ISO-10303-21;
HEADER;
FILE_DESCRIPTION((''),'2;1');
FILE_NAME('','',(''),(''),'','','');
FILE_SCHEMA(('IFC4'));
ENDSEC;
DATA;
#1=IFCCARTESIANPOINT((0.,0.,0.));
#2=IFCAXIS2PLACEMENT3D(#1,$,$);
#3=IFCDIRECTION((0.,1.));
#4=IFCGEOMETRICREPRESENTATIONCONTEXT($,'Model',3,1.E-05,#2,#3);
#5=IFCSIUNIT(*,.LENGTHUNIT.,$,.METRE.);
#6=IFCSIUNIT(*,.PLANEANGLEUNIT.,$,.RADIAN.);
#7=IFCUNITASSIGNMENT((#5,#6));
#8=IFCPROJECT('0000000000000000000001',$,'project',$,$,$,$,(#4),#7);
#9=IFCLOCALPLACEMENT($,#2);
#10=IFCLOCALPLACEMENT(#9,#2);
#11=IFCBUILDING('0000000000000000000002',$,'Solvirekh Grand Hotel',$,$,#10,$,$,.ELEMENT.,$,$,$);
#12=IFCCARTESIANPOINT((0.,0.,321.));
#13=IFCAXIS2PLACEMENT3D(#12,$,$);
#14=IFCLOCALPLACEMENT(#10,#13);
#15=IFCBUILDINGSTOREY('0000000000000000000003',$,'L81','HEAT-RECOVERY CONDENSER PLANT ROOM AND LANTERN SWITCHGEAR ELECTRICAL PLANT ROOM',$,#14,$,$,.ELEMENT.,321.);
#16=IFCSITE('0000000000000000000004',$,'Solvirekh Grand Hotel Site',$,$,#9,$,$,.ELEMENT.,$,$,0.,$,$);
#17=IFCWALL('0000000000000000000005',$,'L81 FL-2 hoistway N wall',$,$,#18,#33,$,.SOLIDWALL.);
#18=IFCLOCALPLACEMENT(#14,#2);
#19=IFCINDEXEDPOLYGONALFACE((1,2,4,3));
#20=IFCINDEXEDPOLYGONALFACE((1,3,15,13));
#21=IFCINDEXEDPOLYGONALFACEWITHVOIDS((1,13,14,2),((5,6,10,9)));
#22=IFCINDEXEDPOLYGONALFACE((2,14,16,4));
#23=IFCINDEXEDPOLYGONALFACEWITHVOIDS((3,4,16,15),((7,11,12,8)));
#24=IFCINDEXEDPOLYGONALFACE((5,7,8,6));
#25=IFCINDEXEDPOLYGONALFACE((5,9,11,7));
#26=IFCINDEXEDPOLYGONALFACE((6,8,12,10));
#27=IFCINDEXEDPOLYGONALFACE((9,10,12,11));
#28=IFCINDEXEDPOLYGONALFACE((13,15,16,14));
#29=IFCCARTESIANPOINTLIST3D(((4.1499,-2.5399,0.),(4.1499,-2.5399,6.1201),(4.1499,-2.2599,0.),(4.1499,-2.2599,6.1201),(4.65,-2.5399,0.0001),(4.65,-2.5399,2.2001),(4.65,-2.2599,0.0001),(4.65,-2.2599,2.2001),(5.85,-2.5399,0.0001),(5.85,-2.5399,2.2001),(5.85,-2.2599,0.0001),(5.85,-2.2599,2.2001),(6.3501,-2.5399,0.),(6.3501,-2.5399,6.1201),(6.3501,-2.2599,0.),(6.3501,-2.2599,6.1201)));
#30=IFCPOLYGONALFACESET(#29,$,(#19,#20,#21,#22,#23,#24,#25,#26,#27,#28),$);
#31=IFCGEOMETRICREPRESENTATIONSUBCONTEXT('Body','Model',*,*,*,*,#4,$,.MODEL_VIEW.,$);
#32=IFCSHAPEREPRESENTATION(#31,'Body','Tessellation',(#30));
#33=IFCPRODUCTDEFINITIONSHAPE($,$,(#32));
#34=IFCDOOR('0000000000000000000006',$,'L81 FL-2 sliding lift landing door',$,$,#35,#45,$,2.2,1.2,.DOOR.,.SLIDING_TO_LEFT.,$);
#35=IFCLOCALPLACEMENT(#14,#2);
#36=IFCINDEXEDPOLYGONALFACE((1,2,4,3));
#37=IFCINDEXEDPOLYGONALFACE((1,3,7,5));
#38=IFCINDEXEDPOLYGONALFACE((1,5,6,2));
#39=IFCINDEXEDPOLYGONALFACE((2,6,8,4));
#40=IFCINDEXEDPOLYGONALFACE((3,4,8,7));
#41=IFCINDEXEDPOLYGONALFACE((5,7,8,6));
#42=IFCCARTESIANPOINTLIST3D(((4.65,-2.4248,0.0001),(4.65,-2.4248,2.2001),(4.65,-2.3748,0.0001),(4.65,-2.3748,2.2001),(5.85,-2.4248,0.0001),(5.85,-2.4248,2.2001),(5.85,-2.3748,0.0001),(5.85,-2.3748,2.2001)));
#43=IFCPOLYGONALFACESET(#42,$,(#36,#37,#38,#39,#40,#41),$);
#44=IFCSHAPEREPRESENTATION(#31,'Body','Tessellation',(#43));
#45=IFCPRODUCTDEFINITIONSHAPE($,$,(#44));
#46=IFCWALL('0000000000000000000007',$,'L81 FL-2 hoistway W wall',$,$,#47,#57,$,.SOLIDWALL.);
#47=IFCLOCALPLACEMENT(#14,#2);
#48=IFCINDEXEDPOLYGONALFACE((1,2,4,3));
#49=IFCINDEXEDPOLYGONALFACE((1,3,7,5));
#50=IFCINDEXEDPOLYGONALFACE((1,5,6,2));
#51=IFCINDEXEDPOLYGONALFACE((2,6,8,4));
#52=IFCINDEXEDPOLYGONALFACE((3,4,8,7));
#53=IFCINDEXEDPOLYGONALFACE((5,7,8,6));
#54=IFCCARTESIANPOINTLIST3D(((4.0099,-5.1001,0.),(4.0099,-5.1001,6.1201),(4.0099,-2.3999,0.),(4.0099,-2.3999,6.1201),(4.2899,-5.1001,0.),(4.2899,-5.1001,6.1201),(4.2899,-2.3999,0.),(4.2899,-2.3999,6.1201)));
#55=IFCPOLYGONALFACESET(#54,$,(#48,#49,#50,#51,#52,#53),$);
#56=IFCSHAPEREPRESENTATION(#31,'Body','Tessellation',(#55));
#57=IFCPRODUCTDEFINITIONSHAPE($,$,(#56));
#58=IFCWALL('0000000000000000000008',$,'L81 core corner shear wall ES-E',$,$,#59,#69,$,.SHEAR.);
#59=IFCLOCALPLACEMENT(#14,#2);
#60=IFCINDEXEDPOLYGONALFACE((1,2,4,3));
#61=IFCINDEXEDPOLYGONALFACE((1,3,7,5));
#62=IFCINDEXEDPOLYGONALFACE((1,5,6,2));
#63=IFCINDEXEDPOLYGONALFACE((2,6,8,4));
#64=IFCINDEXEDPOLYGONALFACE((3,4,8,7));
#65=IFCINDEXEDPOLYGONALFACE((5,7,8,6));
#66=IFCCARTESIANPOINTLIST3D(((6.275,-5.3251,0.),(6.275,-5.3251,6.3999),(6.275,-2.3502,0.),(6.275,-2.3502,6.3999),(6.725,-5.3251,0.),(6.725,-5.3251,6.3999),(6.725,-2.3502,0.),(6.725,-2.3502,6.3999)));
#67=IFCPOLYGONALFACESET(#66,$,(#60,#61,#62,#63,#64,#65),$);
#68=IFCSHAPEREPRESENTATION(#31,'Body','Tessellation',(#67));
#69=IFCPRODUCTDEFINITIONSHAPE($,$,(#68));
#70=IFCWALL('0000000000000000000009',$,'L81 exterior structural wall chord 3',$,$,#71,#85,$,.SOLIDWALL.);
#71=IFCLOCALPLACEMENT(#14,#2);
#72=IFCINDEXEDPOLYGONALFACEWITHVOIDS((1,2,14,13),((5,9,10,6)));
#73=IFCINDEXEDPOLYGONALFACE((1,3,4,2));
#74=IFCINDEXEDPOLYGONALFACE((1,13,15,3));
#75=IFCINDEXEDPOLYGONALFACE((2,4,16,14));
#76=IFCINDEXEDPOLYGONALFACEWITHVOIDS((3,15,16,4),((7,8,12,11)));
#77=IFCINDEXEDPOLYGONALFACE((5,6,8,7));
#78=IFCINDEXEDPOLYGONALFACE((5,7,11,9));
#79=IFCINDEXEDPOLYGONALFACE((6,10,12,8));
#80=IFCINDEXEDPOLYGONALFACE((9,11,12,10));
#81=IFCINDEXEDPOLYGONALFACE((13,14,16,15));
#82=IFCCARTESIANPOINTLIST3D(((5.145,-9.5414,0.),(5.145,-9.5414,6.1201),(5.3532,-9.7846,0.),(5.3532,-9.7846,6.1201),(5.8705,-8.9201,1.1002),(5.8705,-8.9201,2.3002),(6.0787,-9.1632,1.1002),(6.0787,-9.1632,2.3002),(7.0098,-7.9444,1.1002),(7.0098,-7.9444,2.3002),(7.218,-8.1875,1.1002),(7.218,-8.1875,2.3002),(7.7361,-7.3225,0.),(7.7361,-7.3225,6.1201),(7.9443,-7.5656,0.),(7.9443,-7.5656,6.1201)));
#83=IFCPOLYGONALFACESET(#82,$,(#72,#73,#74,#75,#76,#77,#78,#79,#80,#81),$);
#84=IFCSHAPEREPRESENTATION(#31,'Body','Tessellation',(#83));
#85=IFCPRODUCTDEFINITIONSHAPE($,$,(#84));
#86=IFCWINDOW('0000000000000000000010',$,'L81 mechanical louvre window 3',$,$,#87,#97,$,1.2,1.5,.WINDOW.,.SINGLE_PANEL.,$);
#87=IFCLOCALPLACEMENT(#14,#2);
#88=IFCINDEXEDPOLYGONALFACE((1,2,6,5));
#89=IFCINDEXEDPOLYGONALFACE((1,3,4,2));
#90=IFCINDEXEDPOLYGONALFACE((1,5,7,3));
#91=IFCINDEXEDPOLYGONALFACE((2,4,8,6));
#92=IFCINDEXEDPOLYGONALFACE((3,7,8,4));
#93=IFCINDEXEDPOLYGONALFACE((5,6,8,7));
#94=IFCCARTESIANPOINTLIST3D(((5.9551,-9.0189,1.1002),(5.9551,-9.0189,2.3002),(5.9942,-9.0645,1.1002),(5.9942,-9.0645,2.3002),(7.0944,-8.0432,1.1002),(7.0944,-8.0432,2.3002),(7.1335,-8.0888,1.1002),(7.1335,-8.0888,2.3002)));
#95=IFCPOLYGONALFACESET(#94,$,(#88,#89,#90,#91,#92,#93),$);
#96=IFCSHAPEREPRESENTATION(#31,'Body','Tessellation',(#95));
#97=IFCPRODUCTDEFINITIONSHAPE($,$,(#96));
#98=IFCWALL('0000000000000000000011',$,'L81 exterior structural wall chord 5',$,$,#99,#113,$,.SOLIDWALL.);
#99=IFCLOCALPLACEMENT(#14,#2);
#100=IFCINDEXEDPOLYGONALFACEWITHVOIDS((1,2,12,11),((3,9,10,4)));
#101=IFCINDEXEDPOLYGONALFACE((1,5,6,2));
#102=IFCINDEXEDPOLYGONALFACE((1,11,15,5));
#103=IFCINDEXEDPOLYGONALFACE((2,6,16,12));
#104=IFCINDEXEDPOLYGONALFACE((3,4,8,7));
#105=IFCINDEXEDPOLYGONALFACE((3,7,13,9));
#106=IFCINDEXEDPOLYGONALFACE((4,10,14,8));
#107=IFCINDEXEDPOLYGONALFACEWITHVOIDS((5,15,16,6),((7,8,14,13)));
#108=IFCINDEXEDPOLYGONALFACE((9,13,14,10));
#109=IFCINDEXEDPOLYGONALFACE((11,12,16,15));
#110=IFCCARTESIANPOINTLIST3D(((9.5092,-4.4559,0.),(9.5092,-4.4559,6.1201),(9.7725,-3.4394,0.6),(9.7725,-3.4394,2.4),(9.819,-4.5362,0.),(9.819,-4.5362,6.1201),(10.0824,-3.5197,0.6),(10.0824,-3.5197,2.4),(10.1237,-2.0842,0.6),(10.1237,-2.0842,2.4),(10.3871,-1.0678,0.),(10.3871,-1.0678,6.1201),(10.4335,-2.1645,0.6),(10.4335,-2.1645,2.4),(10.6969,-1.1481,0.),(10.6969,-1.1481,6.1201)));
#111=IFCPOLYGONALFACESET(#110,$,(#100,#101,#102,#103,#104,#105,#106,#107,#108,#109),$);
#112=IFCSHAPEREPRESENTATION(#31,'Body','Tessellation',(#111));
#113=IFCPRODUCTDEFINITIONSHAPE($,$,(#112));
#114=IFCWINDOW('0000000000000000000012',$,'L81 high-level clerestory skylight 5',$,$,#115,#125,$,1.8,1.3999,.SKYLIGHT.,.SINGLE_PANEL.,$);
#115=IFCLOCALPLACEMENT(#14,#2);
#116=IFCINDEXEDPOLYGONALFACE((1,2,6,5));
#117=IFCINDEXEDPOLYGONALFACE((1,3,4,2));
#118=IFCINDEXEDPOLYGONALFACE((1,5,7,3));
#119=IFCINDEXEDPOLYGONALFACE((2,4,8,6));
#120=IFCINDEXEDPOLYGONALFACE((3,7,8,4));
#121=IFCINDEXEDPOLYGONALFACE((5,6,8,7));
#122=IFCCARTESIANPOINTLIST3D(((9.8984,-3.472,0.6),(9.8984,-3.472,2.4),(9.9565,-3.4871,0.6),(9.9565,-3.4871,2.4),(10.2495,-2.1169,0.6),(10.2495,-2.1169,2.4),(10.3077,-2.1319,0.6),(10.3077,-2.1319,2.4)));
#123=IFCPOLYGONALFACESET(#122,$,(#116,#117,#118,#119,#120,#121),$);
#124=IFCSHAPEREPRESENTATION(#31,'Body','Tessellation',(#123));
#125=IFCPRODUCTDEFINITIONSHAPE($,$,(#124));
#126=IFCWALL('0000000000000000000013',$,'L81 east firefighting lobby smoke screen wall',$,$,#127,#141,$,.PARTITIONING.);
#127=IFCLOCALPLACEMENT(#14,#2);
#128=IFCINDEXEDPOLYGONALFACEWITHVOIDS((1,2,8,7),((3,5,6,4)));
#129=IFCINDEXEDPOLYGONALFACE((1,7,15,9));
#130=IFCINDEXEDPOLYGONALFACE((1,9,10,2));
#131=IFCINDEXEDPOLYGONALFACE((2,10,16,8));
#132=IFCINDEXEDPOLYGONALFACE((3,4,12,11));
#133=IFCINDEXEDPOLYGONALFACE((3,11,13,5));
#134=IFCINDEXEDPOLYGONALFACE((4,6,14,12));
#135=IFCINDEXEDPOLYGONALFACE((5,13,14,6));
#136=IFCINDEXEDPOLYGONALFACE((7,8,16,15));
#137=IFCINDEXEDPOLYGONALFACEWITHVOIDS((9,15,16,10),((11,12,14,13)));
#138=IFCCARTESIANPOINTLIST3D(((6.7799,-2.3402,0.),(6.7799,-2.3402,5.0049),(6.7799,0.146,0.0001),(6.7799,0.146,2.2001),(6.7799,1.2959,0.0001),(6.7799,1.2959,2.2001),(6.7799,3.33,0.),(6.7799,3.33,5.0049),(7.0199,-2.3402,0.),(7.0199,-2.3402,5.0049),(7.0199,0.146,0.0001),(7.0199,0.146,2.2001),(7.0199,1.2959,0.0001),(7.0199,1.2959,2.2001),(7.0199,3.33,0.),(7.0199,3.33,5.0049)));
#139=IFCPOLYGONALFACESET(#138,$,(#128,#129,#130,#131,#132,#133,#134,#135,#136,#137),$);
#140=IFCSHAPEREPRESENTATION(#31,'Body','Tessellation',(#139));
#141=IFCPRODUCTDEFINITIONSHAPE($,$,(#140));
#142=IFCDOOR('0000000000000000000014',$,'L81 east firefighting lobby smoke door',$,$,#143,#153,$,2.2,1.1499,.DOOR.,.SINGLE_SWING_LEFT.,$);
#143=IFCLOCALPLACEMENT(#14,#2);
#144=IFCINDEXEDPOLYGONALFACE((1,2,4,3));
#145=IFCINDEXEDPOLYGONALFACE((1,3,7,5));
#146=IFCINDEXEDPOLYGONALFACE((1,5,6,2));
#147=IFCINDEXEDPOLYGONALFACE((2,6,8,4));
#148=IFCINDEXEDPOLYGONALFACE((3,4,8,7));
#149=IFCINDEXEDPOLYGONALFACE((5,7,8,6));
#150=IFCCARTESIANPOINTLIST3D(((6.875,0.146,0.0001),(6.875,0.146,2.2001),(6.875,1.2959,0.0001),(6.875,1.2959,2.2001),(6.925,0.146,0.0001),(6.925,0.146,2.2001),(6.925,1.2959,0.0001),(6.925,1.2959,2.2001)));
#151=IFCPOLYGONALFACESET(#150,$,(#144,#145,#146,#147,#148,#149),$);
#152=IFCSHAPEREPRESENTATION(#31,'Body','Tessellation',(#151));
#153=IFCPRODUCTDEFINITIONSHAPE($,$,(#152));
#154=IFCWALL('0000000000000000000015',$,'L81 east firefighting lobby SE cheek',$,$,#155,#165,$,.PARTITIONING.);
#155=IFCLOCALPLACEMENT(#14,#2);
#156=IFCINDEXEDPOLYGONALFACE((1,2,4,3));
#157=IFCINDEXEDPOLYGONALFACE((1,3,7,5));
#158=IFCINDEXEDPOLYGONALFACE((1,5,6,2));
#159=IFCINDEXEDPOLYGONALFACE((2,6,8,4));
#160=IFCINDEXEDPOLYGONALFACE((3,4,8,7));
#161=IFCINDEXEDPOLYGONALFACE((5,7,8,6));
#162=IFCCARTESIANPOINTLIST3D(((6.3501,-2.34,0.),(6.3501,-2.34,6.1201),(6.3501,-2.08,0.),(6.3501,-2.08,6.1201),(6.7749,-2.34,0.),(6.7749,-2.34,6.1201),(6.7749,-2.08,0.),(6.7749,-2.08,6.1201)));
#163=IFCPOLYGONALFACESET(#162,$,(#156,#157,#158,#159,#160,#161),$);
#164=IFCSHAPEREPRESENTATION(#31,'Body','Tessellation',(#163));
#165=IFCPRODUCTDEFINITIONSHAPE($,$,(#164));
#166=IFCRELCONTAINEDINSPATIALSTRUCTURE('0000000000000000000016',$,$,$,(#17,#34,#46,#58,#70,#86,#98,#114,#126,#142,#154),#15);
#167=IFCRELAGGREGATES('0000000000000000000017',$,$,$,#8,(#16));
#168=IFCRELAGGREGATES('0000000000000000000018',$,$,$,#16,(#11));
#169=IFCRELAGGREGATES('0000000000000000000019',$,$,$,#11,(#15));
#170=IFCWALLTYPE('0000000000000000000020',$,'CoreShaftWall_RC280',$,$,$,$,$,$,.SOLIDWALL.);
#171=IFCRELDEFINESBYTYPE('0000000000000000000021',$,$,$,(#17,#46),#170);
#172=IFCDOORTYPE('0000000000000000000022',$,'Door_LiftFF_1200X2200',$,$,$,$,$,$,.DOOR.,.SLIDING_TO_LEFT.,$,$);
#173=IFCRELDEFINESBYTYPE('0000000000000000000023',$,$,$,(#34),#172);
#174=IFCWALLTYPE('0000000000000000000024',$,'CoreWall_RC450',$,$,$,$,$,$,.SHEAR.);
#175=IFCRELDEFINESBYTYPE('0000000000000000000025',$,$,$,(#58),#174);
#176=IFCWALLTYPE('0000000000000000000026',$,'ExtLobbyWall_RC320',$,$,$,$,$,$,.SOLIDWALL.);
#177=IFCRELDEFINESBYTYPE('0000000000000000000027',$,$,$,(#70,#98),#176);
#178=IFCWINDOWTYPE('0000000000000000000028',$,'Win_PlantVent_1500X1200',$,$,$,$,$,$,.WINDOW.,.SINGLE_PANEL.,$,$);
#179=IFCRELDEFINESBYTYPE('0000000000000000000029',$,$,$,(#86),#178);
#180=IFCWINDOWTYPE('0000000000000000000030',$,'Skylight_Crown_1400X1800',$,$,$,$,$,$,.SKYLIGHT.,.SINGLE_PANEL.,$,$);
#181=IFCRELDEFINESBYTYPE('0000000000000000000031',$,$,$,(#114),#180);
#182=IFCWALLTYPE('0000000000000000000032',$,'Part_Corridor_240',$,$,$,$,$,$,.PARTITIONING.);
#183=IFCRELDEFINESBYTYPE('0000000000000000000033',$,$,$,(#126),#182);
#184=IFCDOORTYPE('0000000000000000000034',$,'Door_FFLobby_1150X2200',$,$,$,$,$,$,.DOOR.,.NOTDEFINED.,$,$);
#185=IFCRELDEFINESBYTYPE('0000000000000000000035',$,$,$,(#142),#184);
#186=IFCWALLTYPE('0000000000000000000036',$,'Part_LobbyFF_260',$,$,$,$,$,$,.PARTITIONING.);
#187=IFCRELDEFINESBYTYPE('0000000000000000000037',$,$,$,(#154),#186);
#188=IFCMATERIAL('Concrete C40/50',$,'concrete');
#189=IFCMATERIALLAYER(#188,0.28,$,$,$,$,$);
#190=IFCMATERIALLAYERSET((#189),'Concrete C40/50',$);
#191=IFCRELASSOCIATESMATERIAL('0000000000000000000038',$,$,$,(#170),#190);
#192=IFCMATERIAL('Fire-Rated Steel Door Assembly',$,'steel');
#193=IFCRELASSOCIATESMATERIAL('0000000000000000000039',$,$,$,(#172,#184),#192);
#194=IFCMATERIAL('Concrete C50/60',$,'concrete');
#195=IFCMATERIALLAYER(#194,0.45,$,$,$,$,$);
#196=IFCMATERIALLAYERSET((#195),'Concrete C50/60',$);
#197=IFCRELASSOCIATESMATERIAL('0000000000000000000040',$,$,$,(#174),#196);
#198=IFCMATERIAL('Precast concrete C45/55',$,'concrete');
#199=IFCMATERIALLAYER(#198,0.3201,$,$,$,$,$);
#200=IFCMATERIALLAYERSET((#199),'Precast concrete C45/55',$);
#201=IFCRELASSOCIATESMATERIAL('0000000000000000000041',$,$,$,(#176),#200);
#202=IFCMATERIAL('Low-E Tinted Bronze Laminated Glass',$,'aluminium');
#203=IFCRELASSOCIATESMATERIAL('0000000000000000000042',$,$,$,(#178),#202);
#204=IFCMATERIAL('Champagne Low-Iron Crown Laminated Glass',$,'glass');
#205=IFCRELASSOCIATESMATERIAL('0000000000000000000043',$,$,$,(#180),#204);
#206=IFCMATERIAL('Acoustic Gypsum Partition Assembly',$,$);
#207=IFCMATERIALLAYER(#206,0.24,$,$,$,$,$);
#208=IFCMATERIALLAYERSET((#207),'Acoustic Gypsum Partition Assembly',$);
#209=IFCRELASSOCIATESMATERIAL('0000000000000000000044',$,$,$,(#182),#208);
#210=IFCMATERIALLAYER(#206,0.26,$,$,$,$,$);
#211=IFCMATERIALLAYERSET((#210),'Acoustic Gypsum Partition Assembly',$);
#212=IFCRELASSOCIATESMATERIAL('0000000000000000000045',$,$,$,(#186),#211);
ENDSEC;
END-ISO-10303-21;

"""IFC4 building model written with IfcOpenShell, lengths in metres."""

from ifc_helpers import new_model, si_unit, direction, frame, frame_2d, origin, place, context, subcontext, project, spatial, rectangle, extrude, material, layer, layer_set, type_object, element, fill, save


model = new_model("IFC4")

# Units and contexts
model_context = context("Model", 3, precision=1e-05, world=origin(), true_north=direction((0.0, 1.0)))
body_context = subcontext(model_context, "Body", "Model", "MODEL_VIEW")
ifc_project = project(units=[si_unit("LENGTHUNIT", "METRE"), si_unit("PLANEANGLEUNIT", "RADIAN")], contexts=[model_context])

# Site, building, storey
site_placement = place(None, origin())
site = spatial("IfcSite", under=ifc_project, at=site_placement, Name="Solvirekh Grand Hotel Site", CompositionType="ELEMENT", RefElevation=0.0)
building_placement = place(site_placement, origin())
building = spatial("IfcBuilding", under=site, at=building_placement, Name="Solvirekh Grand Hotel", CompositionType="ELEMENT")
storey_placement = place(building_placement, frame((0.0, 0.0, 321.0)))
storey = spatial("IfcBuildingStorey", under=building, at=storey_placement, Name="L81", Description="HEAT-RECOVERY CONDENSER PLANT ROOM AND LANTERN SWITCHGEAR ELECTRICAL PLANT ROOM", CompositionType="ELEMENT", Elevation=321.0)

# Shared definitions
ifc_material_1 = material(Name="Concrete C50/60", Category="concrete")

# Shared definitions
ifc_material_2 = material(Name="Champagne Low-Iron Crown Laminated Glass", Category="glass")

# Wall, opening, door
ifc_material_3 = material(Name="Concrete C40/50", Category="concrete")
ifc_layer_1 = layer(ifc_material_3, 0.28)
ifc_layer_set_1 = layer_set([ifc_layer_1], Name="Concrete C40/50")
wall_type_1 = type_object("IfcWallType", Name="CoreShaftWall_RC280", PredefinedType="SOLIDWALL", material=ifc_layer_set_1)
wall_1_placement = place(storey_placement, frame((6.3501, -2.3999, 0.0), z_axis=(0.0, 0.0, 1.0), x_axis=(-1.0, 0.0, 0.0)))
wall_1 = element("IfcWall", 1, at=wall_1_placement, inside=storey, type_object=wall_type_1, Name="L81 FL-2 hoistway N wall", PredefinedType="SOLIDWALL", context=body_context, shape_type="SweptSolid", body=[
    extrude(rectangle(XDim=2.2002, YDim=0.28, at=frame_2d((1.1001, 0.0))), origin(), (0.0, 0.0, 1.0), 6.1201),
])
opening_1_placement = place(wall_1_placement, frame((0.5, 0.0, 0.0)))
opening_1 = element("IfcOpeningElement", 2, at=opening_1_placement, cuts=wall_1, PredefinedType="OPENING", context=body_context, shape_type="SweptSolid", body=[
    extrude(rectangle(XDim=1.2, YDim=2.2, at=frame_2d((0.6001, 1.1001))), frame((0.0, 0.1499, 0.0), z_axis=(0.0, -1.0, 0.0), x_axis=(1.0, 0.0, 0.0)), (0.0, 0.0, 1.0), 0.3),
])
ifc_material_4 = material(Name="Fire-Rated Steel Door Assembly", Category="steel")
door_type_1 = type_object("IfcDoorType", Name="Door_LiftFF_1200X2200", OperationType="SLIDING_TO_LEFT", PredefinedType="DOOR", material=ifc_material_4)
door_1_placement = place(opening_1_placement, origin())
door_1 = element("IfcDoor", 3, at=door_1_placement, inside=storey, type_object=door_type_1, Name="L81 FL-2 sliding lift landing door", OperationType="SLIDING_TO_LEFT", OverallHeight=2.2, OverallWidth=1.2, PredefinedType="DOOR", context=body_context, shape_type="SweptSolid", body=[
    extrude(rectangle(XDim=1.2, YDim=2.2, at=frame_2d((0.6001, 1.1001))), frame((0.0, 0.0249, 0.0), z_axis=(0.0, -1.0, 0.0), x_axis=(1.0, 0.0, 0.0)), (0.0, 0.0, 1.0), 0.05),
])
fill(opening_1, door_1)

# Walls
wall_2_placement = place(storey_placement, frame((4.1499, -2.3999, 0.0), z_axis=(0.0, 0.0, 1.0), x_axis=(0.0, -1.0, 0.0)))
element("IfcWall", 4, at=wall_2_placement, inside=storey, type_object=wall_type_1, Name="L81 FL-2 hoistway W wall", PredefinedType="SOLIDWALL", context=body_context, shape_type="SweptSolid", body=[
    extrude(rectangle(XDim=2.7002, YDim=0.28, at=frame_2d((1.3501, 0.0))), origin(), (0.0, 0.0, 1.0), 6.1201),
])
ifc_layer_2 = layer(ifc_material_1, 0.45)
ifc_layer_set_2 = layer_set([ifc_layer_2], Name="Concrete C50/60")
wall_type_2 = type_object("IfcWallType", Name="CoreWall_RC450", PredefinedType="SHEAR", material=ifc_layer_set_2)
wall_3_placement = place(storey_placement, frame((6.5, -5.325, 0.0), z_axis=(0.0, 0.0, 1.0), x_axis=(0.0, 1.0, 0.0)))
element("IfcWall", 5, at=wall_3_placement, inside=storey, type_object=wall_type_2, Name="L81 core corner shear wall ES-E", PredefinedType="SHEAR", context=body_context, shape_type="SweptSolid", body=[
    extrude(rectangle(XDim=2.9749, YDim=0.45, at=frame_2d((1.4873, 0.0))), origin(), (0.0, 0.0, 1.0), 6.3999),
])

# Walls, openings, windows
ifc_material_5 = material(Name="Precast concrete C45/55", Category="concrete")
ifc_layer_3 = layer(ifc_material_5, 0.3201)
ifc_layer_set_3 = layer_set([ifc_layer_3], Name="Precast concrete C45/55")
wall_type_3 = type_object("IfcWallType", Name="ExtLobbyWall_RC320", PredefinedType="SOLIDWALL", material=ifc_layer_set_3)
wall_4_placement = place(storey_placement, frame((7.8401, -7.4441, 0.0), z_axis=(0.0, 0.0, 1.0), x_axis=(-0.759534, -0.650467, 0.0)))
wall_4 = element("IfcWall", 6, at=wall_4_placement, inside=storey, type_object=wall_type_3, Name="L81 exterior structural wall chord 3", PredefinedType="SOLIDWALL", context=body_context, shape_type="SweptSolid", body=[
    extrude(rectangle(XDim=3.4114, YDim=0.3201, at=frame_2d((1.7056, 0.0))), origin(), (0.0, 0.0, 1.0), 6.1201),
])
opening_2_placement = place(wall_4_placement, frame((0.9561, 0.0, 1.1001)))
opening_2 = element("IfcOpeningElement", 7, at=opening_2_placement, cuts=wall_4, PredefinedType="OPENING", context=body_context, shape_type="SweptSolid", body=[
    extrude(rectangle(XDim=1.5, YDim=1.2, at=frame_2d((0.75, 0.6001))), frame((0.0, 0.1699, 0.0), z_axis=(0.0, -1.0, 0.0), x_axis=(1.0, 0.0, 0.0)), (0.0, 0.0, 1.0), 0.3401),
])
ifc_material_6 = material(Name="Low-E Tinted Bronze Laminated Glass", Category="aluminium")
window_type_1 = type_object("IfcWindowType", Name="Win_PlantVent_1500X1200", PartitioningType="SINGLE_PANEL", PredefinedType="WINDOW", material=ifc_material_6)
window_1_placement = place(opening_2_placement, origin())
window_1 = element("IfcWindow", 8, at=window_1_placement, inside=storey, type_object=window_type_1, Name="L81 mechanical louvre window 3", OverallHeight=1.2, OverallWidth=1.5, PartitioningType="SINGLE_PANEL", PredefinedType="WINDOW", context=body_context, shape_type="SweptSolid", body=[
    extrude(rectangle(XDim=1.5, YDim=1.2, at=frame_2d((0.75, 0.6001))), frame((0.0, 0.03, 0.0), z_axis=(0.0, -1.0, 0.0), x_axis=(1.0, 0.0, 0.0)), (0.0, 0.0, 1.0), 0.0601),
])
fill(opening_2, window_1)
wall_5_placement = place(storey_placement, frame((10.542, -1.1079, 0.0), z_axis=(0.0, 0.0, 1.0), x_axis=(-0.250831, -0.968031, 0.0)))
wall_5 = element("IfcWall", 9, at=wall_5_placement, inside=storey, type_object=wall_type_3, Name="L81 exterior structural wall chord 5", PredefinedType="SOLIDWALL", context=body_context, shape_type="SweptSolid", body=[
    extrude(rectangle(XDim=3.5, YDim=0.3201, at=frame_2d((1.75, 0.0))), origin(), (0.0, 0.0, 1.0), 6.1201),
])
opening_3_placement = place(wall_5_placement, frame((1.05, 0.0, 0.6001)))
opening_3 = element("IfcOpeningElement", 10, at=opening_3_placement, cuts=wall_5, PredefinedType="OPENING", context=body_context, shape_type="SweptSolid", body=[
    extrude(rectangle(XDim=1.3999, YDim=1.8, at=frame_2d((0.7, 0.8999))), frame((0.0, 0.1699, 0.0), z_axis=(0.0, -1.0, 0.0), x_axis=(1.0, 0.0, 0.0)), (0.0, 0.0, 1.0), 0.3401),
])
window_type_2 = type_object("IfcWindowType", Name="Skylight_Crown_1400X1800", PartitioningType="SINGLE_PANEL", PredefinedType="SKYLIGHT", material=ifc_material_2)
window_2_placement = place(opening_3_placement, origin())
window_2 = element("IfcWindow", 11, at=window_2_placement, inside=storey, type_object=window_type_2, Name="L81 high-level clerestory skylight 5", OverallHeight=1.8, OverallWidth=1.3999, PartitioningType="SINGLE_PANEL", PredefinedType="SKYLIGHT", context=body_context, shape_type="SweptSolid", body=[
    extrude(rectangle(XDim=1.3999, YDim=1.8, at=frame_2d((0.7, 0.8999))), frame((0.0, 0.03, 0.0), z_axis=(0.0, -1.0, 0.0), x_axis=(1.0, 0.0, 0.0)), (0.0, 0.0, 1.0), 0.0601),
])
fill(opening_3, window_2)

# Wall, opening, door
ifc_material_7 = material(Name="Acoustic Gypsum Partition Assembly")
ifc_layer_4 = layer(ifc_material_7, 0.24)
ifc_layer_set_4 = layer_set([ifc_layer_4], Name="Acoustic Gypsum Partition Assembly")
wall_type_4 = type_object("IfcWallType", Name="Part_Corridor_240", PredefinedType="PARTITIONING", material=ifc_layer_set_4)
wall_6_placement = place(storey_placement, frame((6.8999, -2.3401, 0.0), z_axis=(0.0, 0.0, 1.0), x_axis=(0.0, 1.0, 0.0)))
wall_6 = element("IfcWall", 12, at=wall_6_placement, inside=storey, type_object=wall_type_4, Name="L81 east firefighting lobby smoke screen wall", PredefinedType="PARTITIONING", context=body_context, shape_type="SweptSolid", body=[
    extrude(rectangle(XDim=5.6702, YDim=0.24, at=frame_2d((2.835, 0.0))), origin(), (0.0, 0.0, 1.0), 5.0049),
])
opening_4_placement = place(wall_6_placement, frame((2.4861, 0.0, 0.0)))
opening_4 = element("IfcOpeningElement", 13, at=opening_4_placement, cuts=wall_6, PredefinedType="OPENING", context=body_context, shape_type="SweptSolid", body=[
    extrude(rectangle(XDim=1.1499, YDim=2.2, at=frame_2d((0.575, 1.1001))), frame((0.0, 0.1299, 0.0), z_axis=(0.0, -1.0, 0.0), x_axis=(1.0, 0.0, 0.0)), (0.0, 0.0, 1.0), 0.26),
])
door_type_2 = type_object("IfcDoorType", Name="Door_FFLobby_1150X2200", OperationType="NOTDEFINED", PredefinedType="DOOR", material=ifc_material_4)
door_2_placement = place(opening_4_placement, origin())
door_2 = element("IfcDoor", 14, at=door_2_placement, inside=storey, type_object=door_type_2, Name="L81 east firefighting lobby smoke door", OperationType="SINGLE_SWING_LEFT", OverallHeight=2.2, OverallWidth=1.1499, PredefinedType="DOOR", context=body_context, shape_type="SweptSolid", body=[
    extrude(rectangle(XDim=1.1499, YDim=2.2, at=frame_2d((0.575, 1.1001))), frame((0.0, 0.0249, 0.0), z_axis=(0.0, -1.0, 0.0), x_axis=(1.0, 0.0, 0.0)), (0.0, 0.0, 1.0), 0.05),
])
fill(opening_4, door_2)

# Wall
ifc_layer_5 = layer(ifc_material_7, 0.26)
ifc_layer_set_5 = layer_set([ifc_layer_5], Name="Acoustic Gypsum Partition Assembly")
wall_type_5 = type_object("IfcWallType", Name="Part_LobbyFF_260", PredefinedType="PARTITIONING", material=ifc_layer_set_5)
wall_7_placement = place(storey_placement, frame((6.3501, -2.21, 0.0), z_axis=(0.0, 0.0, 1.0), x_axis=(1.0, 0.0, 0.0)))
element("IfcWall", 15, at=wall_7_placement, inside=storey, type_object=wall_type_5, Name="L81 east firefighting lobby SE cheek", PredefinedType="PARTITIONING", context=body_context, shape_type="SweptSolid", body=[
    extrude(rectangle(XDim=0.4248, YDim=0.26, at=frame_2d((0.2124, 0.0))), origin(), (0.0, 0.0, 1.0), 6.1201),
])

save(model, "model.ifc")
